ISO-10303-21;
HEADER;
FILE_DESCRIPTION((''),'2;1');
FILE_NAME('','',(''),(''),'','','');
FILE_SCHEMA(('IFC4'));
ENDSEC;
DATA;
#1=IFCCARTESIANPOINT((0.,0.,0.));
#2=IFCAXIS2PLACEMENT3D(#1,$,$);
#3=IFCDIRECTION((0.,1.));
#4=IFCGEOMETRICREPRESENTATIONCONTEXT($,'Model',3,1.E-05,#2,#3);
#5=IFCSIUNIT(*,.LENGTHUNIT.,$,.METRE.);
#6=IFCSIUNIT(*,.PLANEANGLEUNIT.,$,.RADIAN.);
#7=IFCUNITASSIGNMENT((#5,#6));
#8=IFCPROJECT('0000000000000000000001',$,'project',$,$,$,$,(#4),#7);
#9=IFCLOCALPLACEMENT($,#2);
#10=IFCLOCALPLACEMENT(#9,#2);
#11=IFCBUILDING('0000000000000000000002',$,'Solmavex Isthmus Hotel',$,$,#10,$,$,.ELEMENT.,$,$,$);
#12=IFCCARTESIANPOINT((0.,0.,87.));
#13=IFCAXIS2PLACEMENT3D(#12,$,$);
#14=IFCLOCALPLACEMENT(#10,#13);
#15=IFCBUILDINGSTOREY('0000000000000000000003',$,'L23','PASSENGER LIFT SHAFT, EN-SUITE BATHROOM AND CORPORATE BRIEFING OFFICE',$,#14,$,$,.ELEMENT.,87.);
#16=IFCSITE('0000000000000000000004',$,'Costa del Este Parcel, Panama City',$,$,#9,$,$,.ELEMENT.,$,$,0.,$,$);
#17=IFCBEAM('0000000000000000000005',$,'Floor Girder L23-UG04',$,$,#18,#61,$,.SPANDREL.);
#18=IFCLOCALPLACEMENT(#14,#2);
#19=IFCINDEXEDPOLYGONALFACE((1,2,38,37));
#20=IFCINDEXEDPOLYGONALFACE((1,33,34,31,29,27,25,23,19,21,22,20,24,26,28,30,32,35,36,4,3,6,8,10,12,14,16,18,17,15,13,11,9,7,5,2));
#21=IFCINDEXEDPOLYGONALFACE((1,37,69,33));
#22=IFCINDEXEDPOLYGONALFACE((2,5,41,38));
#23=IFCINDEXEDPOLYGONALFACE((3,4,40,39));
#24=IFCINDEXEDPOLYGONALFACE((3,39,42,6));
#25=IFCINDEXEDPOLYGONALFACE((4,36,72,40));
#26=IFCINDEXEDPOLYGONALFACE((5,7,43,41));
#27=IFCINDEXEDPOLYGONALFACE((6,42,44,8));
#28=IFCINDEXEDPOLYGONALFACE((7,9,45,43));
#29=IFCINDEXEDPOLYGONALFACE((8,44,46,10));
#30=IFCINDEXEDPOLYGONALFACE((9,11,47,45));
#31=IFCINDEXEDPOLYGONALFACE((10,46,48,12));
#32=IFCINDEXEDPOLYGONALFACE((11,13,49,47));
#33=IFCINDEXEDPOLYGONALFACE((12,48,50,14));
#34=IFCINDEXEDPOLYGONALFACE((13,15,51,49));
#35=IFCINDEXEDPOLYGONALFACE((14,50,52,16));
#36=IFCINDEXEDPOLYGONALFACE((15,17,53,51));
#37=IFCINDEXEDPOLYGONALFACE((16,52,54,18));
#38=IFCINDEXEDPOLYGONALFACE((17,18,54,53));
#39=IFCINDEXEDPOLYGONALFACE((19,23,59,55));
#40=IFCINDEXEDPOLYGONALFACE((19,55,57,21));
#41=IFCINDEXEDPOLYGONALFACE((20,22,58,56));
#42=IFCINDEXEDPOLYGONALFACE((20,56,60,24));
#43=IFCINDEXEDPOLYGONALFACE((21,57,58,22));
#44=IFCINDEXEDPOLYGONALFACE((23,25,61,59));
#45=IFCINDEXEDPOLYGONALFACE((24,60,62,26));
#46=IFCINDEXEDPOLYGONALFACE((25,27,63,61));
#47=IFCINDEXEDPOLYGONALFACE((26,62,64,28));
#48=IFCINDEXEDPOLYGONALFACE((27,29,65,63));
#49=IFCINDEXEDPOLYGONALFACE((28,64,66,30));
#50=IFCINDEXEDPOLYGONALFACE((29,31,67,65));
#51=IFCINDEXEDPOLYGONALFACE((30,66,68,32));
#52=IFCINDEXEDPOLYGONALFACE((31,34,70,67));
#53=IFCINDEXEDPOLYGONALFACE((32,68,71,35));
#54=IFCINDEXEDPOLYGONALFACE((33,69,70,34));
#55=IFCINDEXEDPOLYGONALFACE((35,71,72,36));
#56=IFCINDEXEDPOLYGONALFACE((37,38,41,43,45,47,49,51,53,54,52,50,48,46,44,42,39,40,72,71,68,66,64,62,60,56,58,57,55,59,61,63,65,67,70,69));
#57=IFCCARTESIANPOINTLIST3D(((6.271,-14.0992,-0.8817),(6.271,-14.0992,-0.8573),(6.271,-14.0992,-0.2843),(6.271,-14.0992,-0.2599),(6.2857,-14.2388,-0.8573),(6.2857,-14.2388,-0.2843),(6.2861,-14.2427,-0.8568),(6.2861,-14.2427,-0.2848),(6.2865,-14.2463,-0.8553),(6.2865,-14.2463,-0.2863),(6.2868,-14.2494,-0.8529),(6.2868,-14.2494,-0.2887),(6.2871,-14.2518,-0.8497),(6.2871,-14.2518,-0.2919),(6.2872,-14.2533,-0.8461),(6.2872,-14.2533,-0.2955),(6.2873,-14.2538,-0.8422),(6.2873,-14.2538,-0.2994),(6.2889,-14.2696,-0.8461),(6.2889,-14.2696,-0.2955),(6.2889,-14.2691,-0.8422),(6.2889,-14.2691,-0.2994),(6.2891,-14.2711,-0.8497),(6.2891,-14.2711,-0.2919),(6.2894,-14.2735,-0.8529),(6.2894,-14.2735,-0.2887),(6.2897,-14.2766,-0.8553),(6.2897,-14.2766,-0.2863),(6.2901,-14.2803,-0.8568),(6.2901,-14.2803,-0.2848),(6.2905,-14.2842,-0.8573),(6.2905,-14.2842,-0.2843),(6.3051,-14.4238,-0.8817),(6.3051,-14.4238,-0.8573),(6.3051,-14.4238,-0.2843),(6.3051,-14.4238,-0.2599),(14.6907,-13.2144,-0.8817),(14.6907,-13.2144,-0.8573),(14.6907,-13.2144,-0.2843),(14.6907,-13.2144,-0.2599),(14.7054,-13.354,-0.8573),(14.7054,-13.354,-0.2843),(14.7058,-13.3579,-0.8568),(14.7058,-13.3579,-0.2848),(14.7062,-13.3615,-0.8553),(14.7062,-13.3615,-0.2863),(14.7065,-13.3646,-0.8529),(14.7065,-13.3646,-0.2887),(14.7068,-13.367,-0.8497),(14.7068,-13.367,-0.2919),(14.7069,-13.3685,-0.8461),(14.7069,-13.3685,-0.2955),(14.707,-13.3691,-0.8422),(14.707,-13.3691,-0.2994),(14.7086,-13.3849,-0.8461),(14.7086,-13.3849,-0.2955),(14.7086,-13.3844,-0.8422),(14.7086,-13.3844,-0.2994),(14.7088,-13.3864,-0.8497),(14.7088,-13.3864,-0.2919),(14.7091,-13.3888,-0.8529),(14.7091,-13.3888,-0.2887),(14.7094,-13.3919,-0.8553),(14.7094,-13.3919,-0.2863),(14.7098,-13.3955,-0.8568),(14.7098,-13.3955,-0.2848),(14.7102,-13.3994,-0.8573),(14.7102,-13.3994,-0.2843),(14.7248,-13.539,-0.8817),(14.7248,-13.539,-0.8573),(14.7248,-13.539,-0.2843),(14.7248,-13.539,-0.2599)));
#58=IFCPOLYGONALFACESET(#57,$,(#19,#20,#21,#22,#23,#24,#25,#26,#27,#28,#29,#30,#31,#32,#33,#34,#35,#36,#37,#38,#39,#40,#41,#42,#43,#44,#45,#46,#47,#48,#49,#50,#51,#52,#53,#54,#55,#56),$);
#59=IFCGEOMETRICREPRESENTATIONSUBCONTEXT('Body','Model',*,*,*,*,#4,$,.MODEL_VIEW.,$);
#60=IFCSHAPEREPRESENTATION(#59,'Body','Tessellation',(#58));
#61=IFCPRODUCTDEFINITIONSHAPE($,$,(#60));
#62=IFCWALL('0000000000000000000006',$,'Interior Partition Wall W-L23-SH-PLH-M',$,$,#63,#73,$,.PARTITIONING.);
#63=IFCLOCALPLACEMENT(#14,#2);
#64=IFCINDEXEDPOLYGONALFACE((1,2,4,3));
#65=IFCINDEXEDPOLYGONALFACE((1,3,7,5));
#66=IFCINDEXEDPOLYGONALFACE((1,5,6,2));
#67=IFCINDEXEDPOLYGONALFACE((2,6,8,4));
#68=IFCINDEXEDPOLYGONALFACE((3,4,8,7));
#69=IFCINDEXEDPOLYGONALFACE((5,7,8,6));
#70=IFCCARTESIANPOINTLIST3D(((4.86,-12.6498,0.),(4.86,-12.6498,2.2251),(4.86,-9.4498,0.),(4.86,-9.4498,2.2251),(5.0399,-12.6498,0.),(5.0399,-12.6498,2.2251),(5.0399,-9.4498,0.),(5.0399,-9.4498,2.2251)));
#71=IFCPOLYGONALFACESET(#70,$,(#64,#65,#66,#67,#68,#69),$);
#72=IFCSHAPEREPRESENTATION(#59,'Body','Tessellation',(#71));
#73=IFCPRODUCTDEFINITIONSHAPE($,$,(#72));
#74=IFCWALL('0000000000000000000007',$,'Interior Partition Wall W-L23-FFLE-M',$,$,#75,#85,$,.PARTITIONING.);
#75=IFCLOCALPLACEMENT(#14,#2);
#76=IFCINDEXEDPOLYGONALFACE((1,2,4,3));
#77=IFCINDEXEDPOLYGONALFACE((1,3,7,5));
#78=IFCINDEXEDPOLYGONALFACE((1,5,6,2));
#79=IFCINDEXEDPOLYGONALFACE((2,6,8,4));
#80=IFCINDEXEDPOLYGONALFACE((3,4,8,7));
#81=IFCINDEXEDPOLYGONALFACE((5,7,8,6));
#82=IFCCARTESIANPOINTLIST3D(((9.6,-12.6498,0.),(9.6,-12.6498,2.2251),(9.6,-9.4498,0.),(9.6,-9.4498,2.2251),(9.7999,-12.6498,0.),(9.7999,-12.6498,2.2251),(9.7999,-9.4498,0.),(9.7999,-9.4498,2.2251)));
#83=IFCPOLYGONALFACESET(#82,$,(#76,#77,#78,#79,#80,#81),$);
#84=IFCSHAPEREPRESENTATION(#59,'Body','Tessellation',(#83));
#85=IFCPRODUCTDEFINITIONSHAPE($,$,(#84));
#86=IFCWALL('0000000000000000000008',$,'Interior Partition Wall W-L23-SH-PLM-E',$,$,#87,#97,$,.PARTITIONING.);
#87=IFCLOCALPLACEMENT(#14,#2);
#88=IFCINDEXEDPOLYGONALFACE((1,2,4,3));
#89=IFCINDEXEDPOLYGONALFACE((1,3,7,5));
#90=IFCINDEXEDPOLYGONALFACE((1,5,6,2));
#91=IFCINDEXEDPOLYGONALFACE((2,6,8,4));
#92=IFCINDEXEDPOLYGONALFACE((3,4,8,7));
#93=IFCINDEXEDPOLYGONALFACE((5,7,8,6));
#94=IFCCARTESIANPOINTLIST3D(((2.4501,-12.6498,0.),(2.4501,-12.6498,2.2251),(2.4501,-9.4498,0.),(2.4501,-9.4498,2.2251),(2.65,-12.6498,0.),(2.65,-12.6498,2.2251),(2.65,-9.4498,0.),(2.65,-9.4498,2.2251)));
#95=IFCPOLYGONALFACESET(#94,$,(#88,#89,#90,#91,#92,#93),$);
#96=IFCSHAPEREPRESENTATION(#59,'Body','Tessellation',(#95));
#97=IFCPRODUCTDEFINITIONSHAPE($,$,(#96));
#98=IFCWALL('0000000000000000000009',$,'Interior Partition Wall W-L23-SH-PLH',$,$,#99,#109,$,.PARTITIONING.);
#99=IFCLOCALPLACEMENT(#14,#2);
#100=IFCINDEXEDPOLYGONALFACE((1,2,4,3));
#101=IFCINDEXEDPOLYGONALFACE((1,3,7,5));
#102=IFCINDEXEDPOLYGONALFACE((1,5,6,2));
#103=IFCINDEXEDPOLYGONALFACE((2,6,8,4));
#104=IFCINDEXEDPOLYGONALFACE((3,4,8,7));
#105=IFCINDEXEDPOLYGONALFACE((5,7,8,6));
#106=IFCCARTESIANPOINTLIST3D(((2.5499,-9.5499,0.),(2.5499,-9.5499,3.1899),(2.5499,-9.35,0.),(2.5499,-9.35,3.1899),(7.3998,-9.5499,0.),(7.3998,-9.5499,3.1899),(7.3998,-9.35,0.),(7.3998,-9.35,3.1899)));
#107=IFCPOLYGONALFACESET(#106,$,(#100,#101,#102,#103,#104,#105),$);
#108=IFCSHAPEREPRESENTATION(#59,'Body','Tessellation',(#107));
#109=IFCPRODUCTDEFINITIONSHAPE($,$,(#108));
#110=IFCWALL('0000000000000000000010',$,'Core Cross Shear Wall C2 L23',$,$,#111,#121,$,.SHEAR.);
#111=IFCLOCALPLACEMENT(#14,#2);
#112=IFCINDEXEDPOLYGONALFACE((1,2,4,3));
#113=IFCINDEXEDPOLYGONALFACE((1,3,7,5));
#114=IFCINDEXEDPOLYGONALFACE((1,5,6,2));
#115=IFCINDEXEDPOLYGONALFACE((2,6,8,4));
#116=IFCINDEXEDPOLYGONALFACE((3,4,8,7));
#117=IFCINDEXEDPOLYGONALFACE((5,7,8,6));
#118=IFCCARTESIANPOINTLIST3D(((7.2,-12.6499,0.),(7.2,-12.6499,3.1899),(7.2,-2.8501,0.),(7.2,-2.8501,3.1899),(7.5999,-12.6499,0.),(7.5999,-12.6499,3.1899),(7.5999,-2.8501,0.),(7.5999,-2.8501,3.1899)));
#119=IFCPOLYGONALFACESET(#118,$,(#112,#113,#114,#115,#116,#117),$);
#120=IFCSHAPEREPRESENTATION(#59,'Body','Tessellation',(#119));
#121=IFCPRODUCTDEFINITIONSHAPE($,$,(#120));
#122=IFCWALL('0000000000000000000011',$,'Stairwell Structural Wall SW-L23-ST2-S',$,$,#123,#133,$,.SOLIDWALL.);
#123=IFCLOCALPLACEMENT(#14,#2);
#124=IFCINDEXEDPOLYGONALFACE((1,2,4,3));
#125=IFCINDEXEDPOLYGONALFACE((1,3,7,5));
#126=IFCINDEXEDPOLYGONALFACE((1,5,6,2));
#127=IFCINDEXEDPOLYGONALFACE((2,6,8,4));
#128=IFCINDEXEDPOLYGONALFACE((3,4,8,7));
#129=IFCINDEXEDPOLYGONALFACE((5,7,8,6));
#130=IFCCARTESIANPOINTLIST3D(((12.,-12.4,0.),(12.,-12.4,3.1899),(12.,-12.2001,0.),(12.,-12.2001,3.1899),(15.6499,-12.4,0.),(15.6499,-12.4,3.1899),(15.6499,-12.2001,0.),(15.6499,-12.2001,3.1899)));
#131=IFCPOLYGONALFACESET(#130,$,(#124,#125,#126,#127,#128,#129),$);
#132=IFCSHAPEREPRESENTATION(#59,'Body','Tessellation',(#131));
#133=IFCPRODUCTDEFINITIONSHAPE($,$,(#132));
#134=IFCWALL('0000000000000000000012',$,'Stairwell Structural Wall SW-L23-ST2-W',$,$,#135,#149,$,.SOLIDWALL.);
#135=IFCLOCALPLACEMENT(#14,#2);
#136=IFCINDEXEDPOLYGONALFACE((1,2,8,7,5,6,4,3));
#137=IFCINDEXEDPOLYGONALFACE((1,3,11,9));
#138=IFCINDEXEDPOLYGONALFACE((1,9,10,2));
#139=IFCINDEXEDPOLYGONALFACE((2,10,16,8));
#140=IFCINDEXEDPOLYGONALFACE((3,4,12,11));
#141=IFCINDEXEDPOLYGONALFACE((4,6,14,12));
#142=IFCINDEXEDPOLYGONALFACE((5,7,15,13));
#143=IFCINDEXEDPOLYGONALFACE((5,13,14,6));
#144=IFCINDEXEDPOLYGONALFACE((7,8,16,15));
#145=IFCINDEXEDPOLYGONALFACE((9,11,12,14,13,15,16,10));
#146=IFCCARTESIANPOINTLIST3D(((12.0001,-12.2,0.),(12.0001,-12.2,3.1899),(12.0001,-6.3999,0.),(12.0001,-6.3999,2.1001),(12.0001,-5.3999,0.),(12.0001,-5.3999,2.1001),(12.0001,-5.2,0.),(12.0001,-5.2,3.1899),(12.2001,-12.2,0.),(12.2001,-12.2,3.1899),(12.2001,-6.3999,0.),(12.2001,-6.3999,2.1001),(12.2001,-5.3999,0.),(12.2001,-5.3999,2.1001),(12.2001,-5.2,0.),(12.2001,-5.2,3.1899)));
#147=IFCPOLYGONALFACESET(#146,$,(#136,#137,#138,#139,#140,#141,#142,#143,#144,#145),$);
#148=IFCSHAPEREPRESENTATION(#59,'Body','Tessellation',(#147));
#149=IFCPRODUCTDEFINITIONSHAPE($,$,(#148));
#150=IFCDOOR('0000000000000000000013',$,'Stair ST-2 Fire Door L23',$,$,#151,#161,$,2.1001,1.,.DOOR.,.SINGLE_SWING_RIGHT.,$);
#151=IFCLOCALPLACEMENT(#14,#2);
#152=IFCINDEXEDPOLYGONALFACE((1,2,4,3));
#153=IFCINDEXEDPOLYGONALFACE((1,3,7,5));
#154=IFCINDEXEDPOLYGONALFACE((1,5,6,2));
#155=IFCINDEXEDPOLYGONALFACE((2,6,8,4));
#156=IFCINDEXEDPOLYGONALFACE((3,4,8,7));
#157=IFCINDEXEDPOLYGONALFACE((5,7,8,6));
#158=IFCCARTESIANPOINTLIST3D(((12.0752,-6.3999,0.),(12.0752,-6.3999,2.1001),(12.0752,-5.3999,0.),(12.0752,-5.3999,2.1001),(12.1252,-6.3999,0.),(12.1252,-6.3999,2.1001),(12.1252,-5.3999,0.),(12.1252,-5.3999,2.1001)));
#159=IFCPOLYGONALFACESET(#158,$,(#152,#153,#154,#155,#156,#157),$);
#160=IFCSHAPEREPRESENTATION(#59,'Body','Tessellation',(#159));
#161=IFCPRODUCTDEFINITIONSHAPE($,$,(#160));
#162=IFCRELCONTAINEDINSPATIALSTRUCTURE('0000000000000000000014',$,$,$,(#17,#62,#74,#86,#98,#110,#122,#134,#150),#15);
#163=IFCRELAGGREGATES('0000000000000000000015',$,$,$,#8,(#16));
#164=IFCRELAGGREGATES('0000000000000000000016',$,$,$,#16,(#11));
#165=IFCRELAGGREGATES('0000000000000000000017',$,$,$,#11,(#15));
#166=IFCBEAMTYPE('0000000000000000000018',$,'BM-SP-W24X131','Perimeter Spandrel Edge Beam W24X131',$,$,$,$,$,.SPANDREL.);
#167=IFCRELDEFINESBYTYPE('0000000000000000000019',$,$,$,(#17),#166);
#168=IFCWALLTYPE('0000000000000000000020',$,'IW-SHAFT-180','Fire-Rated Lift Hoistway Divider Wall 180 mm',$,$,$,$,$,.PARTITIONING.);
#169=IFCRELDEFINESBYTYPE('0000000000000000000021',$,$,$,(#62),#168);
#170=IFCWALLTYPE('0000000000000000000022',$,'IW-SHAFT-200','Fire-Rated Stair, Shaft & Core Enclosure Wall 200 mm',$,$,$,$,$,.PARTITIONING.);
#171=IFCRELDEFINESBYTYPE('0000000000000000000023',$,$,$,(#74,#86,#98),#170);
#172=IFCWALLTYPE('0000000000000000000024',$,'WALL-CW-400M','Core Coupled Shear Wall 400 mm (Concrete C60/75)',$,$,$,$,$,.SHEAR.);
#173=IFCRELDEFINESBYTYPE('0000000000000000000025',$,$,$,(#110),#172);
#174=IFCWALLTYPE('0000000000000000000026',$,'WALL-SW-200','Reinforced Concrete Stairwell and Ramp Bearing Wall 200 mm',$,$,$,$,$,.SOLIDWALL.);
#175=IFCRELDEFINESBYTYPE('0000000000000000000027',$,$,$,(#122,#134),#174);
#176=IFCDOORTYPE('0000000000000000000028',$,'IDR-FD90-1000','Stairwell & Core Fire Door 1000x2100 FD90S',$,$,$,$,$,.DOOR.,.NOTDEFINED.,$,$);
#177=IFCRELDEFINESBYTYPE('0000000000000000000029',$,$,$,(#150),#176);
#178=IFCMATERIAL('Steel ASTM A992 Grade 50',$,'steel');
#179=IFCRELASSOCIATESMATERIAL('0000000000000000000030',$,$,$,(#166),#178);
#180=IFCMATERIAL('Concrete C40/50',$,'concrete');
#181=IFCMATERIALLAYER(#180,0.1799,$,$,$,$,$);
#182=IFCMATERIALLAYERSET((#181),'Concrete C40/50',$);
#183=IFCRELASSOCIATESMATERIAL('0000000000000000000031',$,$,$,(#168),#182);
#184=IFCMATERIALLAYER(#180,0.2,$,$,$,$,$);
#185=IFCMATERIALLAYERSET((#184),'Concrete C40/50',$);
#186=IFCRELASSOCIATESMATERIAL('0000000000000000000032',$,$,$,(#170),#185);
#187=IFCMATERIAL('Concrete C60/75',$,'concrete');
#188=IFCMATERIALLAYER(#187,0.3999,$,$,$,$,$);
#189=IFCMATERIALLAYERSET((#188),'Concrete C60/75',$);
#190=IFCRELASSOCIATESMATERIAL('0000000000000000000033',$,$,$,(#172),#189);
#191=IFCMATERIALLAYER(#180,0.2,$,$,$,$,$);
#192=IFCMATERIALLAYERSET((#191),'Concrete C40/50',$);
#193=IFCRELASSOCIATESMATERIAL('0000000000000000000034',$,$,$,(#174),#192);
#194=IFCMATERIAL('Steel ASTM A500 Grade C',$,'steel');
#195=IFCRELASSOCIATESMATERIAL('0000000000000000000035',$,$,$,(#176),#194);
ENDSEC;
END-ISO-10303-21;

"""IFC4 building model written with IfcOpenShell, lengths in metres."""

from ifc_helpers import new_model, si_unit, direction, frame, frame_2d, origin, origin_2d, place, context, subcontext, project, spatial, rectangle, i_section, extrude, material, layer, layer_set, material_profile, profile_set, type_object, element, fill, save


model = new_model("IFC4")

# Units and contexts
model_context = context("Model", 3, precision=1e-05, world=origin(), true_north=direction((0.0, 1.0)))
body_context = subcontext(model_context, "Body", "Model", "MODEL_VIEW")
ifc_project = project(units=[si_unit("LENGTHUNIT", "METRE"), si_unit("PLANEANGLEUNIT", "RADIAN")], contexts=[model_context])

# Site, building, storey
site_placement = place(None, origin())
site = spatial("IfcSite", under=ifc_project, at=site_placement, Name="Costa del Este Parcel, Panama City", CompositionType="ELEMENT", RefElevation=0.0)
building_placement = place(site_placement, origin())
building = spatial("IfcBuilding", under=site, at=building_placement, Name="Solmavex Isthmus Hotel", CompositionType="ELEMENT")
storey_placement = place(building_placement, frame((0.0, 0.0, 87.0)))
storey = spatial("IfcBuildingStorey", under=building, at=storey_placement, Name="L23", Description="PASSENGER LIFT SHAFT, EN-SUITE BATHROOM AND CORPORATE BRIEFING OFFICE", CompositionType="ELEMENT", Elevation=87.0)

# Shared definitions
ifc_material_1 = material(Name="Concrete C60/75", Category="concrete")

# Beam
ifc_material_2 = material(Name="Steel ASTM A992 Grade 50", Category="steel")
ifc_material_profile_1 = material_profile(ifc_material_2, i_section(OverallWidth=0.3264, OverallDepth=0.6218, WebThickness=0.0154, FlangeThickness=0.0244, FilletRadius=0.0151, at=origin_2d()), Name="W24X131")
ifc_profile_set_1 = profile_set([ifc_material_profile_1], Name="Steel ASTM A992 Grade 50")
beam_type_1 = type_object("IfcBeamType", Name="BM-SP-W24X131", Description="Perimeter Spandrel Edge Beam W24X131", PredefinedType="SPANDREL", material=ifc_profile_set_1)
beam_1_placement = place(storey_placement, frame((6.2881, -14.2615, -0.5708), z_axis=(0.994524, 0.104508, 0.0), x_axis=(-0.104508, 0.994524, 0.0)))
element("IfcBeam", 1, at=beam_1_placement, inside=storey, type_object=beam_type_1, Name="Floor Girder L23-UG04", PredefinedType="SPANDREL", context=body_context, shape_type="SweptSolid", body=[
    extrude(i_section(OverallWidth=0.3264, OverallDepth=0.6218, WebThickness=0.0154, FlangeThickness=0.0244, FilletRadius=0.0151, at=origin_2d()), origin(), (0.0, 0.0, 1.0), 8.4661),
])

# Walls
ifc_material_3 = material(Name="Concrete C40/50", Category="concrete")
ifc_layer_1 = layer(ifc_material_3, 0.1799)
ifc_layer_set_1 = layer_set([ifc_layer_1], Name="Concrete C40/50")
wall_type_1 = type_object("IfcWallType", Name="IW-SHAFT-180", Description="Fire-Rated Lift Hoistway Divider Wall 180 mm", PredefinedType="PARTITIONING", material=ifc_layer_set_1)
wall_1_placement = place(storey_placement, frame((4.95, -12.6499, 0.0), z_axis=(0.0, 0.0, 1.0), x_axis=(0.0, 1.0, 0.0)))
element("IfcWall", 2, at=wall_1_placement, inside=storey, type_object=wall_type_1, Name="Interior Partition Wall W-L23-SH-PLH-M", PredefinedType="PARTITIONING", context=body_context, shape_type="SweptSolid", body=[
    extrude(rectangle(XDim=3.2, YDim=0.1799, at=frame_2d((1.6001, 0.0))), origin(), (0.0, 0.0, 1.0), 2.2251),
])
ifc_layer_2 = layer(ifc_material_3, 0.2)
ifc_layer_set_2 = layer_set([ifc_layer_2], Name="Concrete C40/50")
wall_type_2 = type_object("IfcWallType", Name="IW-SHAFT-200", Description="Fire-Rated Stair, Shaft & Core Enclosure Wall 200 mm", PredefinedType="PARTITIONING", material=ifc_layer_set_2)
for number, where, z_axis, x_axis, name in (
    (3, (9.7, -12.6499, 0.0), (0.0, 0.0, 1.0), (0.0, 1.0, 0.0), "Interior Partition Wall W-L23-FFLE-M"),
    (4, (2.55, -12.6499, 0.0), (0.0, 0.0, 1.0), (0.0, 1.0, 0.0), "Interior Partition Wall W-L23-SH-PLM-E"),
):
    element("IfcWall", number, at=place(storey_placement, frame(where, z_axis=z_axis, x_axis=x_axis)), inside=storey, type_object=wall_type_2, Name=name, PredefinedType="PARTITIONING", context=body_context, shape_type="SweptSolid", body=[
        extrude(rectangle(XDim=3.2, YDim=0.2, at=frame_2d((1.6001, 0.0))), origin(), (0.0, 0.0, 1.0), 2.2251),
    ])
wall_2_placement = place(storey_placement, frame((2.55, -9.45, 0.0), z_axis=(0.0, 0.0, 1.0), x_axis=(1.0, 0.0, 0.0)))
element("IfcWall", 5, at=wall_2_placement, inside=storey, type_object=wall_type_2, Name="Interior Partition Wall W-L23-SH-PLH", PredefinedType="PARTITIONING", context=body_context, shape_type="SweptSolid", body=[
    extrude(rectangle(XDim=4.8499, YDim=0.2, at=frame_2d((2.4248, 0.0))), origin(), (0.0, 0.0, 1.0), 3.1899),
])
ifc_layer_3 = layer(ifc_material_1, 0.3999)
ifc_layer_set_3 = layer_set([ifc_layer_3], Name="Concrete C60/75")
wall_type_3 = type_object("IfcWallType", Name="WALL-CW-400M", Description="Core Coupled Shear Wall 400 mm (Concrete C60/75)", PredefinedType="SHEAR", material=ifc_layer_set_3)
wall_3_placement = place(storey_placement, frame((7.3999, -12.6499, 0.0), z_axis=(0.0, 0.0, 1.0), x_axis=(0.0, 1.0, 0.0)))
element("IfcWall", 6, at=wall_3_placement, inside=storey, type_object=wall_type_3, Name="Core Cross Shear Wall C2 L23", PredefinedType="SHEAR", context=body_context, shape_type="SweptSolid", body=[
    extrude(rectangle(XDim=9.7998, YDim=0.3999, at=frame_2d((4.8999, 0.0))), origin(), (0.0, 0.0, 1.0), 3.1899),
])
ifc_layer_4 = layer(ifc_material_3, 0.2)
ifc_layer_set_4 = layer_set([ifc_layer_4], Name="Concrete C40/50")
wall_type_4 = type_object("IfcWallType", Name="WALL-SW-200", Description="Reinforced Concrete Stairwell and Ramp Bearing Wall 200 mm", PredefinedType="SOLIDWALL", material=ifc_layer_set_4)
wall_4_placement = place(storey_placement, frame((12.0, -12.3, 0.0), z_axis=(0.0, 0.0, 1.0), x_axis=(1.0, 0.0, 0.0)))
element("IfcWall", 7, at=wall_4_placement, inside=storey, type_object=wall_type_4, Name="Stairwell Structural Wall SW-L23-ST2-S", PredefinedType="SOLIDWALL", context=body_context, shape_type="SweptSolid", body=[
    extrude(rectangle(XDim=3.6499, YDim=0.2, at=frame_2d((1.825, 0.0))), origin(), (0.0, 0.0, 1.0), 3.1899),
])

# Wall, opening, door
wall_5_placement = place(storey_placement, frame((12.1001, -12.2, 0.0), z_axis=(0.0, 0.0, 1.0), x_axis=(0.0, 1.0, 0.0)))
wall_5 = element("IfcWall", 8, at=wall_5_placement, inside=storey, type_object=wall_type_4, Name="Stairwell Structural Wall SW-L23-ST2-W", PredefinedType="SOLIDWALL", context=body_context, shape_type="SweptSolid", body=[
    extrude(rectangle(XDim=7.0, YDim=0.2, at=frame_2d((3.5, 0.0))), origin(), (0.0, 0.0, 1.0), 3.1899),
])
opening_1_placement = place(wall_5_placement, frame((5.8, 0.0, 0.0)))
opening_1 = element("IfcOpeningElement", 9, at=opening_1_placement, cuts=wall_5, PredefinedType="OPENING", context=body_context, shape_type="SweptSolid", body=[
    extrude(rectangle(XDim=1.0, YDim=2.1001, at=frame_2d((0.5, 1.05))), frame((0.0, 0.1099, 0.0), z_axis=(0.0, -1.0, 0.0), x_axis=(1.0, 0.0, 0.0)), (0.0, 0.0, 1.0), 0.22),
])
ifc_material_4 = material(Name="Steel ASTM A500 Grade C", Category="steel")
door_type_1 = type_object("IfcDoorType", Name="IDR-FD90-1000", Description="Stairwell & Core Fire Door 1000x2100 FD90S", OperationType="NOTDEFINED", PredefinedType="DOOR", material=ifc_material_4)
door_1_placement = place(opening_1_placement, origin())
door_1 = element("IfcDoor", 10, at=door_1_placement, inside=storey, type_object=door_type_1, Name="Stair ST-2 Fire Door L23", OperationType="SINGLE_SWING_RIGHT", OverallHeight=2.1001, OverallWidth=1.0, PredefinedType="DOOR", context=body_context, shape_type="SweptSolid", body=[
    extrude(rectangle(XDim=1.0, YDim=2.1001, at=frame_2d((0.5, 1.05))), frame((0.0, 0.0249, 0.0), z_axis=(0.0, -1.0, 0.0), x_axis=(1.0, 0.0, 0.0)), (0.0, 0.0, 1.0), 0.05),
])
fill(opening_1, door_1)

save(model, "model.ifc")
